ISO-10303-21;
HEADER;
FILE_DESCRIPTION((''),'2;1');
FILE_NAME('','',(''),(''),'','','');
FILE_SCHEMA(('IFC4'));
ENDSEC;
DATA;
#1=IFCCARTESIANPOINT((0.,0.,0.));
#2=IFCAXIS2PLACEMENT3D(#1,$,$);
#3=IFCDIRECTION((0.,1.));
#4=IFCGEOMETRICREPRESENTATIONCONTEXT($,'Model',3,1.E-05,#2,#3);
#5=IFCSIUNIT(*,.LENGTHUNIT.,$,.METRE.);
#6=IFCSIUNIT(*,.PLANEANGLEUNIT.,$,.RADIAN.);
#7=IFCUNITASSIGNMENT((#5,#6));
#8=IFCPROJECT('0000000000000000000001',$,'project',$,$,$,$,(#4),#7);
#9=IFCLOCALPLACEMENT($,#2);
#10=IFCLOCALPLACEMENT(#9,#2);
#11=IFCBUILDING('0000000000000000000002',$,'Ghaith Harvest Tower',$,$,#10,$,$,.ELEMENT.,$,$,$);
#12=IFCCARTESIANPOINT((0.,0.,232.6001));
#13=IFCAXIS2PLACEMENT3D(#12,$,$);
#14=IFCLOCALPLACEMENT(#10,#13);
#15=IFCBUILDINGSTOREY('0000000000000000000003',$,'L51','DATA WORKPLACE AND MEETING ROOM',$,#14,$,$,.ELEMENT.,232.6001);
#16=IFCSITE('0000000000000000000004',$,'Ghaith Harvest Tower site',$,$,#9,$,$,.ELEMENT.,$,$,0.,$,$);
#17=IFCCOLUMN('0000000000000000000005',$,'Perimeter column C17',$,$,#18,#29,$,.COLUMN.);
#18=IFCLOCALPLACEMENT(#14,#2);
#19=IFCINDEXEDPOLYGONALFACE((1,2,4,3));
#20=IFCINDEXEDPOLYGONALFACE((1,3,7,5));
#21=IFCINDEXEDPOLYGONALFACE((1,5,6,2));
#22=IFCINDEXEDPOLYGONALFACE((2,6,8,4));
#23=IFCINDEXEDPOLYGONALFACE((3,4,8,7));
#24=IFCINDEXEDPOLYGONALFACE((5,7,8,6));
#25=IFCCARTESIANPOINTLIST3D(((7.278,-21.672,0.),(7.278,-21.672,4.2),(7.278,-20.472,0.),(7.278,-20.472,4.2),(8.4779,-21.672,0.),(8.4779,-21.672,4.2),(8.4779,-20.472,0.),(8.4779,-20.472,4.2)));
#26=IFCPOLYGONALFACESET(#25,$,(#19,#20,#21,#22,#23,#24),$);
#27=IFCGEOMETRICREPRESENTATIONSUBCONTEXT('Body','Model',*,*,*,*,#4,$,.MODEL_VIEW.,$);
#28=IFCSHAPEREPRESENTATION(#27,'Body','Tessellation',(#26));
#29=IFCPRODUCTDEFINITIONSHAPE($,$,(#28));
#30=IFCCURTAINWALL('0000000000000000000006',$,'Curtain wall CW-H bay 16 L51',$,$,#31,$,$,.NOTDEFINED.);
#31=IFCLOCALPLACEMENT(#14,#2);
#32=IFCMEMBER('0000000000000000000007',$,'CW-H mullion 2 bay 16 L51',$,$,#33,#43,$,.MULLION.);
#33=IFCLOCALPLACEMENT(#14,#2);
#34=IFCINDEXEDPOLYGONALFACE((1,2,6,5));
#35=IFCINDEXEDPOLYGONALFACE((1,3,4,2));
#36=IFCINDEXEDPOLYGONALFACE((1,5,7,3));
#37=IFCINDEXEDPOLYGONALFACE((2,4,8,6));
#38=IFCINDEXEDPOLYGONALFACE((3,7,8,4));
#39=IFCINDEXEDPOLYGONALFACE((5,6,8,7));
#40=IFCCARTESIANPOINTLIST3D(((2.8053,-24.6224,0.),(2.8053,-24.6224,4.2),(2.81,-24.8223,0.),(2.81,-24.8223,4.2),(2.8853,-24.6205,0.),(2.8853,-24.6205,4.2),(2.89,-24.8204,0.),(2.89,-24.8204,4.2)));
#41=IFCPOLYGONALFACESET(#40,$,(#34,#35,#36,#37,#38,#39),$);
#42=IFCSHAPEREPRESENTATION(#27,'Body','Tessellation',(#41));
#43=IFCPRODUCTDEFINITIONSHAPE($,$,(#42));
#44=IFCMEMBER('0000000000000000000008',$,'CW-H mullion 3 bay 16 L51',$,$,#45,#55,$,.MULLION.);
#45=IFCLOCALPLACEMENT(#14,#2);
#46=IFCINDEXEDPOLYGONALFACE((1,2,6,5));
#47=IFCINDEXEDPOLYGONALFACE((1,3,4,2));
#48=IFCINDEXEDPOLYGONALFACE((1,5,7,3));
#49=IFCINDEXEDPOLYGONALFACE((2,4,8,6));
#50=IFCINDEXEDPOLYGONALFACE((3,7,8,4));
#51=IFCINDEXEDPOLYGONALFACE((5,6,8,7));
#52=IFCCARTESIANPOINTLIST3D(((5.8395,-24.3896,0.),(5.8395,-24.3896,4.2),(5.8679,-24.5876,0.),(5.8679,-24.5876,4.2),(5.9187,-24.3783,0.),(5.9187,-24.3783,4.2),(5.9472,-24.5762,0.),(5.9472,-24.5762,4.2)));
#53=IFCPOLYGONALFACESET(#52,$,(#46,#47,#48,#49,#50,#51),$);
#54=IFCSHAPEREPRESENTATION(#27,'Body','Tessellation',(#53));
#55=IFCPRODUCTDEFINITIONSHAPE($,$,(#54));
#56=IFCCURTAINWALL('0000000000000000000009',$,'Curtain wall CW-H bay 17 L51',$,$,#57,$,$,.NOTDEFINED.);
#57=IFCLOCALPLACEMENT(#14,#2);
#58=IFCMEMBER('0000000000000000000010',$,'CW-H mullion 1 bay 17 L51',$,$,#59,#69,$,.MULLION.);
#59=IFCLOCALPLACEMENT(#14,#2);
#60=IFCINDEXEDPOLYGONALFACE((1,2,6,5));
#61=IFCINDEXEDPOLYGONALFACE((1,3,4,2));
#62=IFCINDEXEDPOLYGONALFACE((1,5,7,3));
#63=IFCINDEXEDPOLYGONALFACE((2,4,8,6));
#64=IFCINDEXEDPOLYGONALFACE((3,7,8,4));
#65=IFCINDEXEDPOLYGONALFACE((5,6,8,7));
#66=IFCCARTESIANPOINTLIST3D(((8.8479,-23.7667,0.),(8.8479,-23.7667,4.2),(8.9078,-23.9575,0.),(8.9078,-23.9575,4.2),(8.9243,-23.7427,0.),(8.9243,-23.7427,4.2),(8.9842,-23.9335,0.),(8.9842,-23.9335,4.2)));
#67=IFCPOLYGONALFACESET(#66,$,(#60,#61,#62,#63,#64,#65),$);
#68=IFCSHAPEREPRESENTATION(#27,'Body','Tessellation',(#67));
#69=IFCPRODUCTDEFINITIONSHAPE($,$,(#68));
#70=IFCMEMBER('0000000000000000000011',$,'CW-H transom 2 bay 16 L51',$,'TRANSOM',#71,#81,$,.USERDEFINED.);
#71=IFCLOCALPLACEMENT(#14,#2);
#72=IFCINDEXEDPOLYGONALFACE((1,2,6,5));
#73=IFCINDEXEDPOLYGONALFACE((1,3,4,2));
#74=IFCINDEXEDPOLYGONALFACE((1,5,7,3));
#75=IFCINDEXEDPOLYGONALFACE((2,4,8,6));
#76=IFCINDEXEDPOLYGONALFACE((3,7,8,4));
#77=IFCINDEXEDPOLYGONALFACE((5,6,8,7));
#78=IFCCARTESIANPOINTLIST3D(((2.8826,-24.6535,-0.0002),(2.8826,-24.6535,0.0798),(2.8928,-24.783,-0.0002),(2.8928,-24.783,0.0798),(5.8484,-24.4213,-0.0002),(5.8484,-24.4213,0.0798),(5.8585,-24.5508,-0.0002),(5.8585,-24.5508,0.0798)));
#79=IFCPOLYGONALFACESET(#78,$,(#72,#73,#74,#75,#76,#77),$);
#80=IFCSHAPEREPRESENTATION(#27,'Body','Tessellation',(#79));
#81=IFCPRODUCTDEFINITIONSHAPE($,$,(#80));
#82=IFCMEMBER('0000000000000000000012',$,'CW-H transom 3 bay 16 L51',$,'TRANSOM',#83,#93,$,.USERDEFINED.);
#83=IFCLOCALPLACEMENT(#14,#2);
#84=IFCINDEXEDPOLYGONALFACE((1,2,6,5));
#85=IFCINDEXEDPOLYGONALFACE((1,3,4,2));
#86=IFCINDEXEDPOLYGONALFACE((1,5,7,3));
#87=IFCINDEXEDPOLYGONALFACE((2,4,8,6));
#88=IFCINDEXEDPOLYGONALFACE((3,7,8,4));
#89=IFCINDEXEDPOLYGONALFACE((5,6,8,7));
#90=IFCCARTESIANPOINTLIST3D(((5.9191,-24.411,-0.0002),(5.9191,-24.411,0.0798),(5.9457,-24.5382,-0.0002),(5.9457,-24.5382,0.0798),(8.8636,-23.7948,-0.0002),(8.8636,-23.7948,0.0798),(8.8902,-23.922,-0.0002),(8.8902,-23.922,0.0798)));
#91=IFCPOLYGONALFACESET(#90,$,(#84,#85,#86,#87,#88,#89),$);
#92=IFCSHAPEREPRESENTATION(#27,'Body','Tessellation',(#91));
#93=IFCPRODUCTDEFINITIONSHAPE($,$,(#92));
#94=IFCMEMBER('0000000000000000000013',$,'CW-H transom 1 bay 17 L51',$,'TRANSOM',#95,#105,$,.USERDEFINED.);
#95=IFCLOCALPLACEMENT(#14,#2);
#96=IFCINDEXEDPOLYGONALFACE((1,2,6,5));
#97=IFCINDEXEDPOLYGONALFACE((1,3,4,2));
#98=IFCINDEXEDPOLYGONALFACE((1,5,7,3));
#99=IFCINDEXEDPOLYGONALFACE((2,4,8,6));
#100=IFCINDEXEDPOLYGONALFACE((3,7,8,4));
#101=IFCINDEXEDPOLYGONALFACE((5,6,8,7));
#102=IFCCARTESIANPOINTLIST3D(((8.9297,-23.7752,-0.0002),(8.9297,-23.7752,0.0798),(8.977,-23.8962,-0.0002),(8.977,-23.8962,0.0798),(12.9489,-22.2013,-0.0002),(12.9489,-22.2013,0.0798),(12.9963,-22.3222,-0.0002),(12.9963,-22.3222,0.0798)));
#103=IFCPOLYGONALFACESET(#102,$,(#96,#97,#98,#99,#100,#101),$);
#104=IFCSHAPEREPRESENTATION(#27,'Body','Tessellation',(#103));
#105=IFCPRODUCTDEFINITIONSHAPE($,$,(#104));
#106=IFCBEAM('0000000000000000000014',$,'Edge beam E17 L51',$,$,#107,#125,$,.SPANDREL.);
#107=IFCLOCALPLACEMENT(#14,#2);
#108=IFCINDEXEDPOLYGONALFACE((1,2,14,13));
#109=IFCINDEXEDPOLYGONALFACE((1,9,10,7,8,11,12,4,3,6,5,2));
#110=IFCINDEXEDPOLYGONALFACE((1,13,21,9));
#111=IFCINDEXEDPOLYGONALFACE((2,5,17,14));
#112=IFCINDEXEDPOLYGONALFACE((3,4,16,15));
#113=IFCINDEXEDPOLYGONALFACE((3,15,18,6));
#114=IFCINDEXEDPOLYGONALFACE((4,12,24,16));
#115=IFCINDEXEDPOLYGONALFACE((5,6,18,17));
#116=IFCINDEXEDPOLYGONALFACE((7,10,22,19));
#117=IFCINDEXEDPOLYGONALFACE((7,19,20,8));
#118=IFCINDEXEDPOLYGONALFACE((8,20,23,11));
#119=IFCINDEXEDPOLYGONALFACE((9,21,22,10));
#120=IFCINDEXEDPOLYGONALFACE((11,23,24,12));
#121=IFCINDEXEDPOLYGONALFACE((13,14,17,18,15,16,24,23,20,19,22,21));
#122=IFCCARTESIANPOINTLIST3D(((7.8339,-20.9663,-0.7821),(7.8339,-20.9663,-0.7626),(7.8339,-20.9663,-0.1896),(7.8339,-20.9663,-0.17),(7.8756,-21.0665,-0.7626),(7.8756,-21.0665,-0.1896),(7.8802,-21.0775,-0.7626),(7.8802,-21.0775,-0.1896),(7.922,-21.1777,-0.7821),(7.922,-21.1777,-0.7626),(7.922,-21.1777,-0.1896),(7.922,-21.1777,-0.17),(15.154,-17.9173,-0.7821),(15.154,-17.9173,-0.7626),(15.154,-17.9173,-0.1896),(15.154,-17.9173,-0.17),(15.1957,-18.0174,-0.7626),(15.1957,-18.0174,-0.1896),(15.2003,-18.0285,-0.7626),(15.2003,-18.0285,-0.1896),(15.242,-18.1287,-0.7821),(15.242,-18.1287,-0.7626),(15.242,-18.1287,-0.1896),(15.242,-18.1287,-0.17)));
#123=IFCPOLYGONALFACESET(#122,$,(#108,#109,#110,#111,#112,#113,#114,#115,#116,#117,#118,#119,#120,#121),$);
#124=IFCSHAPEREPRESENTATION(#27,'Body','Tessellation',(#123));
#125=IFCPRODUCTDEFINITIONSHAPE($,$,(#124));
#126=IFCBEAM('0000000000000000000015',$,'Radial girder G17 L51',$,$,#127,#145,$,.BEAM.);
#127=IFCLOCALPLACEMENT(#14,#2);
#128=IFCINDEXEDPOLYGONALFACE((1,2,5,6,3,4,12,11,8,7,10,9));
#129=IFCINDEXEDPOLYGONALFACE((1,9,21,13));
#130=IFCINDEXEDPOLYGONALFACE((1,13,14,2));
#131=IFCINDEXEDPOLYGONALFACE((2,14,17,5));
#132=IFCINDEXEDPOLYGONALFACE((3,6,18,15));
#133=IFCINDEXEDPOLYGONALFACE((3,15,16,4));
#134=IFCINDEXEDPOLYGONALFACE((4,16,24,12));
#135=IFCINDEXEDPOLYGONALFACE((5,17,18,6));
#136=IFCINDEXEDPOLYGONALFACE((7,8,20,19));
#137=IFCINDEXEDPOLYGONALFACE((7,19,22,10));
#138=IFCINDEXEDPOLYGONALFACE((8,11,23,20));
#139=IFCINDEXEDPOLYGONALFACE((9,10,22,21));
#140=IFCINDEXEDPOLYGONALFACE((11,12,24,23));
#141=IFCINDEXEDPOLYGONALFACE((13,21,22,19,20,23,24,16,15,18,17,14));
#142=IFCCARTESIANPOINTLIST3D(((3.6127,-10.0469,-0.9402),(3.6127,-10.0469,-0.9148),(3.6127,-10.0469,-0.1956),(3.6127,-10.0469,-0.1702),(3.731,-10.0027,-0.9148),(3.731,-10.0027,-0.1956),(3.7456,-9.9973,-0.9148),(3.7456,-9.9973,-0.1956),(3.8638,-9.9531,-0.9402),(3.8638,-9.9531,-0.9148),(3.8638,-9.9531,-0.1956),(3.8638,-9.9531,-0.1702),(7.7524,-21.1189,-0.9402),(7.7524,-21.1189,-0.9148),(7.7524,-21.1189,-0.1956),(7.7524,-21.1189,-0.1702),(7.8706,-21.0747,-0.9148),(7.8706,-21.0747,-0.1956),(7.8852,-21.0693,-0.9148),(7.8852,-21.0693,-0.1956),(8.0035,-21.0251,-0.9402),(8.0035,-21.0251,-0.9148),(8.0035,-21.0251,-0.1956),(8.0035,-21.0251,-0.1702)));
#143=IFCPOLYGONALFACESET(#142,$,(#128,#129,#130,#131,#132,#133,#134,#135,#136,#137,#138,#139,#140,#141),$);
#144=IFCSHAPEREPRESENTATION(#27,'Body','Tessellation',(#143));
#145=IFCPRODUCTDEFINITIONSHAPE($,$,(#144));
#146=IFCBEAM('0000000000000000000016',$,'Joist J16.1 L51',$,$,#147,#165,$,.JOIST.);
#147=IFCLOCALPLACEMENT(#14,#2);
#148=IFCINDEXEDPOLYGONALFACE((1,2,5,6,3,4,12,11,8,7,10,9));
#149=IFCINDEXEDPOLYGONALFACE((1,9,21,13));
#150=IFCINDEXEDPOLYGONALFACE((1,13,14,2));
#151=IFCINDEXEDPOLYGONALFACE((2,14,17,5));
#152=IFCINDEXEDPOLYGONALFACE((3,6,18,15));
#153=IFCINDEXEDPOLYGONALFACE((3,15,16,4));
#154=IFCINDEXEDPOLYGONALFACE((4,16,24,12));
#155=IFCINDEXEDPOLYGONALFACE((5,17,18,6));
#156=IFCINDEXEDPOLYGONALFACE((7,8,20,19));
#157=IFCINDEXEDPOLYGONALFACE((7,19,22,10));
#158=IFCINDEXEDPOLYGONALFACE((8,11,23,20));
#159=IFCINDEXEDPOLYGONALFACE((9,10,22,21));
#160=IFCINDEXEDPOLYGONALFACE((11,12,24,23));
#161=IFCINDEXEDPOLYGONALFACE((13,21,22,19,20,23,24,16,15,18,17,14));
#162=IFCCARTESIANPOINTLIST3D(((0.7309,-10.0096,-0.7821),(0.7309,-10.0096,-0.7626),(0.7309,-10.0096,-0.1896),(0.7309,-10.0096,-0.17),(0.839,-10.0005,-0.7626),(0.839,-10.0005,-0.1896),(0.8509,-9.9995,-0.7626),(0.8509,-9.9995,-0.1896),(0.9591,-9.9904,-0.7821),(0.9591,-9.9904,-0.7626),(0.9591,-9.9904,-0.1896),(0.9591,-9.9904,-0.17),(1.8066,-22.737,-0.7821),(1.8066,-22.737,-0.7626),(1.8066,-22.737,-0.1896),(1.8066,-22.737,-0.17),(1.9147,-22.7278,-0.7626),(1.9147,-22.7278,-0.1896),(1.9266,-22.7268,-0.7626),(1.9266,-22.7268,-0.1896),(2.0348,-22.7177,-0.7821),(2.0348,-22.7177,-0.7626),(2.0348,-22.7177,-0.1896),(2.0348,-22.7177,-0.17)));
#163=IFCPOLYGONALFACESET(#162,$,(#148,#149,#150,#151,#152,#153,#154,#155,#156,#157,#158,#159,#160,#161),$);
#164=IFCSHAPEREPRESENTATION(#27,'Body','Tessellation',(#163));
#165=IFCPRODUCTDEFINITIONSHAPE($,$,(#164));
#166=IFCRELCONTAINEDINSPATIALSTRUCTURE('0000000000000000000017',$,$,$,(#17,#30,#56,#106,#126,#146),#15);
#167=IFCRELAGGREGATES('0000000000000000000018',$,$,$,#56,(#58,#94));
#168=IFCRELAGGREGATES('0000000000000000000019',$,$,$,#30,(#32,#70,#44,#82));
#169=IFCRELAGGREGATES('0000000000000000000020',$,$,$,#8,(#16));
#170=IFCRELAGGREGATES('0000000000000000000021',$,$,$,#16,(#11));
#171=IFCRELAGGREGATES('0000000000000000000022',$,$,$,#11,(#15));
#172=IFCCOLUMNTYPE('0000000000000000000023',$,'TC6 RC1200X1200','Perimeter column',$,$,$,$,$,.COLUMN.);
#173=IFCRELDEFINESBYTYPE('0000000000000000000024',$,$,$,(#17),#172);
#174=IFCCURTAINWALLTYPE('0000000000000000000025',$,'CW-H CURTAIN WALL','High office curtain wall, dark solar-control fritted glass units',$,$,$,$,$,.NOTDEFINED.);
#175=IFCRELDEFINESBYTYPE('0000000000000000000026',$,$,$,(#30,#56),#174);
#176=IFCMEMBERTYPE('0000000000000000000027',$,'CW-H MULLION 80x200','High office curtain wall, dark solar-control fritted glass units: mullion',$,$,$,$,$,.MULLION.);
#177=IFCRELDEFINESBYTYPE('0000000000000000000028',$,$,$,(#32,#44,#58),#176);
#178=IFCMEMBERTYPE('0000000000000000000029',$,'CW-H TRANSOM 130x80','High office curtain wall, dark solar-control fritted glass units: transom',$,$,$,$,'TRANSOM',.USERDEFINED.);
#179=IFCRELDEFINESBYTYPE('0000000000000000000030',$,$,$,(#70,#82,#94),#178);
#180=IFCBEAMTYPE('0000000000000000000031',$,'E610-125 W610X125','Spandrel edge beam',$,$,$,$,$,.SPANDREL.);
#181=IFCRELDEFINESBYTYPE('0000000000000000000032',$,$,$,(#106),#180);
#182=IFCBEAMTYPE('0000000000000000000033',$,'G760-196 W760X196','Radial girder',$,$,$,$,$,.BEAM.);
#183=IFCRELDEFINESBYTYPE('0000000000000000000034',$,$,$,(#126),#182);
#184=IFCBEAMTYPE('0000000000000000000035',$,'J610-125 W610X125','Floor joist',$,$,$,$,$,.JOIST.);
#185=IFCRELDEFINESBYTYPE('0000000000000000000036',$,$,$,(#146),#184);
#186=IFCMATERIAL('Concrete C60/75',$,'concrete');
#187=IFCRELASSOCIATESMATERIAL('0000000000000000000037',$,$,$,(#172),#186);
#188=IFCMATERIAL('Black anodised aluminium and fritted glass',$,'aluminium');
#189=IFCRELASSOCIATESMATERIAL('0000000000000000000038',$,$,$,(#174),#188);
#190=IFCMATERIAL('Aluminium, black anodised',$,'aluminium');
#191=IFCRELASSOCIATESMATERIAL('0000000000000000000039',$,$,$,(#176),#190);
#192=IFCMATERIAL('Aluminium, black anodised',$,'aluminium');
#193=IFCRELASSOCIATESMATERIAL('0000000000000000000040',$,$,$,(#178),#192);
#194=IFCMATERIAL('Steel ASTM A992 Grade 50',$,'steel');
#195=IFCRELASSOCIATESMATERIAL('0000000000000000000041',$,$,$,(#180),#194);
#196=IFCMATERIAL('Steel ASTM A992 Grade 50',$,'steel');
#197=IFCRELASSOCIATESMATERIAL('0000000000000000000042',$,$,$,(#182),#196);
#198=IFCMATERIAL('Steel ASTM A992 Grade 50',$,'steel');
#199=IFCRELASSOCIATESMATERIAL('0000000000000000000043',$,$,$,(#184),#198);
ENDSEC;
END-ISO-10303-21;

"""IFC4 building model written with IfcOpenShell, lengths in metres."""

from ifc_helpers import new_model, si_unit, direction, frame, origin, origin_2d, place, context, subcontext, project, spatial, rectangle, i_section, extrude, material, material_profile, profile_set, type_object, element, aggregate, save


model = new_model("IFC4")

# Units and contexts
model_context = context("Model", 3, precision=1e-05, world=origin(), true_north=direction((0.0, 1.0)))
body_context = subcontext(model_context, "Body", "Model", "MODEL_VIEW")
ifc_project = project(units=[si_unit("LENGTHUNIT", "METRE"), si_unit("PLANEANGLEUNIT", "RADIAN")], contexts=[model_context])

# Site, building, storey
site_placement = place(None, origin())
site = spatial("IfcSite", under=ifc_project, at=site_placement, Name="Ghaith Harvest Tower site", CompositionType="ELEMENT", RefElevation=0.0)
building_placement = place(site_placement, origin())
building = spatial("IfcBuilding", under=site, at=building_placement, Name="Ghaith Harvest Tower", CompositionType="ELEMENT")
storey_placement = place(building_placement, frame((0.0, 0.0, 232.6001)))
storey = spatial("IfcBuildingStorey", under=building, at=storey_placement, Name="L51", Description="DATA WORKPLACE AND MEETING ROOM", CompositionType="ELEMENT", Elevation=232.6001)

# Column
ifc_material_1 = material(Name="Concrete C60/75", Category="concrete")
ifc_material_profile_1 = material_profile(ifc_material_1, rectangle(XDim=1.2, YDim=1.2, at=origin_2d()), Name="RC1200X1200")
ifc_profile_set_1 = profile_set([ifc_material_profile_1], Name="Concrete C60/75")
column_type = type_object("IfcColumnType", Name="TC6 RC1200X1200", Description="Perimeter column", PredefinedType="COLUMN", material=ifc_profile_set_1)
column_placement = place(storey_placement, frame((7.8779, -21.072, 0.0), z_axis=(0.0, 0.0, 1.0), x_axis=(1.0, 0.0, 0.0)))
element("IfcColumn", 1, at=column_placement, inside=storey, type_object=column_type, Name="Perimeter column C17", PredefinedType="COLUMN", context=body_context, shape_type="SweptSolid", body=[
    extrude(rectangle(XDim=1.2, YDim=1.2, at=origin_2d()), origin(), (0.0, 0.0, 1.0), 4.2),
])

# Curtain wall, members
ifc_material_2 = material(Name="Black anodised aluminium and fritted glass", Category="aluminium")
curtain_wall_type = type_object("IfcCurtainWallType", Name="CW-H CURTAIN WALL", Description="High office curtain wall, dark solar-control fritted glass units", PredefinedType="NOTDEFINED", material=ifc_material_2)
curtain_wall_1_placement = place(storey_placement, origin())
curtain_wall_1 = element("IfcCurtainWall", 2, at=curtain_wall_1_placement, inside=storey, type_object=curtain_wall_type, Name="Curtain wall CW-H bay 16 L51", PredefinedType="NOTDEFINED")
ifc_material_3 = material(Name="Aluminium, black anodised", Category="aluminium")
ifc_material_profile_2 = material_profile(ifc_material_3, rectangle(XDim=0.0801, YDim=0.2, at=origin_2d()), Name="CW-H MULLION 80x200")
ifc_profile_set_2 = profile_set([ifc_material_profile_2], Name="Aluminium, black anodised")
member_type_1 = type_object("IfcMemberType", Name="CW-H MULLION 80x200", Description="High office curtain wall, dark solar-control fritted glass units: mullion", PredefinedType="MULLION", material=ifc_profile_set_2)
member_1_placement = place(storey_placement, frame((2.8477, -24.7214, 0.0), z_axis=(0.0, 0.0, 1.0), x_axis=(0.999724, 0.023475, 0.0)))
member_1 = element("IfcMember", 3, at=member_1_placement, type_object=member_type_1, Name="CW-H mullion 2 bay 16 L51", PredefinedType="MULLION", context=body_context, shape_type="SweptSolid", body=[
    extrude(rectangle(XDim=0.0801, YDim=0.2, at=origin_2d()), origin(), (0.0, 0.0, 1.0), 4.2),
])
member_2_placement = place(storey_placement, frame((5.8933, -24.4829, 0.0), z_axis=(0.0, 0.0, 1.0), x_axis=(0.989849, 0.142122, 0.0)))
member_2 = element("IfcMember", 4, at=member_2_placement, type_object=member_type_1, Name="CW-H mullion 3 bay 16 L51", PredefinedType="MULLION", context=body_context, shape_type="SweptSolid", body=[
    extrude(rectangle(XDim=0.0801, YDim=0.2, at=origin_2d()), origin(), (0.0, 0.0, 1.0), 4.2),
])

# Curtain wall, member
curtain_wall_2_placement = place(storey_placement, origin())
curtain_wall_2 = element("IfcCurtainWall", 5, at=curtain_wall_2_placement, inside=storey, type_object=curtain_wall_type, Name="Curtain wall CW-H bay 17 L51", PredefinedType="NOTDEFINED")
member_3_placement = place(storey_placement, frame((8.916, -23.8501, 0.0), z_axis=(0.0, 0.0, 1.0), x_axis=(0.95403, 0.299711, 0.0)))
member_3 = element("IfcMember", 6, at=member_3_placement, type_object=member_type_1, Name="CW-H mullion 1 bay 17 L51", PredefinedType="MULLION", context=body_context, shape_type="SweptSolid", body=[
    extrude(rectangle(XDim=0.0801, YDim=0.2, at=origin_2d()), origin(), (0.0, 0.0, 1.0), 4.2),
])

# Members
ifc_material_4 = material(Name="Aluminium, black anodised", Category="aluminium")
ifc_material_profile_3 = material_profile(ifc_material_4, rectangle(XDim=0.1299, YDim=0.0801, at=origin_2d()), Name="CW-H TRANSOM 130x80")
ifc_profile_set_3 = profile_set([ifc_material_profile_3], Name="Aluminium, black anodised")
member_type_2 = type_object("IfcMemberType", Name="CW-H TRANSOM 130x80", Description="High office curtain wall, dark solar-control fritted glass units: transom", ElementType="TRANSOM", PredefinedType="USERDEFINED", material=ifc_profile_set_3)
member_4_placement = place(storey_placement, frame((2.8877, -24.7183, 0.0398), z_axis=(0.99695, 0.078046, 0.0), x_axis=(-0.078046, 0.99695, 0.0)))
member_4 = element("IfcMember", 7, at=member_4_placement, type_object=member_type_2, Name="CW-H transom 2 bay 16 L51", ObjectType="TRANSOM", PredefinedType="USERDEFINED", context=body_context, shape_type="SweptSolid", body=[
    extrude(rectangle(XDim=0.1299, YDim=0.0801, at=origin_2d()), origin(), (0.0, 0.0, 1.0), 2.9749),
])
member_5_placement = place(storey_placement, frame((5.9324, -24.4746, 0.0398), z_axis=(0.978797, 0.204832, 0.0), x_axis=(-0.204832, 0.978797, 0.0)))
member_5 = element("IfcMember", 8, at=member_5_placement, type_object=member_type_2, Name="CW-H transom 3 bay 16 L51", ObjectType="TRANSOM", PredefinedType="USERDEFINED", context=body_context, shape_type="SweptSolid", body=[
    extrude(rectangle(XDim=0.1299, YDim=0.0801, at=origin_2d()), origin(), (0.0, 0.0, 1.0), 3.0083),
])
member_6_placement = place(storey_placement, frame((8.9534, -23.8357, 0.0398), z_axis=(0.931148, 0.364642, 0.0), x_axis=(-0.364642, 0.931148, 0.0)))
member_6 = element("IfcMember", 9, at=member_6_placement, type_object=member_type_2, Name="CW-H transom 1 bay 17 L51", ObjectType="TRANSOM", PredefinedType="USERDEFINED", context=body_context, shape_type="SweptSolid", body=[
    extrude(rectangle(XDim=0.1299, YDim=0.0801, at=origin_2d()), origin(), (0.0, 0.0, 1.0), 4.3164),
])
aggregate(curtain_wall_2, [member_3, member_6])

# Beams
ifc_material_5 = material(Name="Steel ASTM A992 Grade 50", Category="steel")
ifc_material_profile_4 = material_profile(ifc_material_5, i_section(OverallWidth=0.229, OverallDepth=0.6121, WebThickness=0.012, FlangeThickness=0.0195, at=origin_2d()), Name="W610X125")
ifc_profile_set_4 = profile_set([ifc_material_profile_4], Name="Steel ASTM A992 Grade 50")
beam_type_1 = type_object("IfcBeamType", Name="E610-125 W610X125", Description="Spandrel edge beam", PredefinedType="SPANDREL", material=ifc_profile_set_4)
beam_1_placement = place(storey_placement, frame((7.8779, -21.072, -0.4761), z_axis=(0.92312, 0.384513, 0.0), x_axis=(-0.384513, 0.92312, 0.0)))
element("IfcBeam", 10, at=beam_1_placement, inside=storey, type_object=beam_type_1, Name="Edge beam E17 L51", PredefinedType="SPANDREL", context=body_context, shape_type="SweptSolid", body=[
    extrude(i_section(OverallWidth=0.229, OverallDepth=0.6121, WebThickness=0.012, FlangeThickness=0.0195, at=origin_2d()), origin(), (0.0, 0.0, 1.0), 7.9297),
])
ifc_material_6 = material(Name="Steel ASTM A992 Grade 50", Category="steel")
ifc_material_profile_5 = material_profile(ifc_material_6, i_section(OverallWidth=0.2681, OverallDepth=0.77, WebThickness=0.0156, FlangeThickness=0.0254, at=origin_2d()), Name="W760X196")
ifc_profile_set_5 = profile_set([ifc_material_profile_5], Name="Steel ASTM A992 Grade 50")
beam_type_2 = type_object("IfcBeamType", Name="G760-196 W760X196", Description="Radial girder", PredefinedType="BEAM", material=ifc_profile_set_5)
beam_2_placement = place(storey_placement, frame((3.7383, -10.0, -0.5552), z_axis=(0.350207, -0.936672, 0.0), x_axis=(0.936672, 0.350207, 0.0)))
element("IfcBeam", 11, at=beam_2_placement, inside=storey, type_object=beam_type_2, Name="Radial girder G17 L51", PredefinedType="BEAM", context=body_context, shape_type="SweptSolid", body=[
    extrude(i_section(OverallWidth=0.2681, OverallDepth=0.77, WebThickness=0.0156, FlangeThickness=0.0254, at=origin_2d()), origin(), (0.0, 0.0, 1.0), 11.8206),
])
ifc_material_7 = material(Name="Steel ASTM A992 Grade 50", Category="steel")
ifc_material_profile_6 = material_profile(ifc_material_7, i_section(OverallWidth=0.229, OverallDepth=0.6121, WebThickness=0.012, FlangeThickness=0.0195, at=origin_2d()), Name="W610X125")
ifc_profile_set_6 = profile_set([ifc_material_profile_6], Name="Steel ASTM A992 Grade 50")
beam_type_3 = type_object("IfcBeamType", Name="J610-125 W610X125", Description="Floor joist", PredefinedType="JOIST", material=ifc_profile_set_6)
beam_3_placement = place(storey_placement, frame((0.845, -10.0, -0.4761), z_axis=(0.084218, -0.996447, 0.0), x_axis=(0.996447, 0.084218, 0.0)))
element("IfcBeam", 12, at=beam_3_placement, inside=storey, type_object=beam_type_3, Name="Joist J16.1 L51", PredefinedType="JOIST", context=body_context, shape_type="SweptSolid", body=[
    extrude(i_section(OverallWidth=0.229, OverallDepth=0.6121, WebThickness=0.012, FlangeThickness=0.0195, at=origin_2d()), origin(), (0.0, 0.0, 1.0), 12.7727),
])

aggregate(curtain_wall_1, [member_1, member_4, member_2, member_5])

save(model, "model.ifc")
